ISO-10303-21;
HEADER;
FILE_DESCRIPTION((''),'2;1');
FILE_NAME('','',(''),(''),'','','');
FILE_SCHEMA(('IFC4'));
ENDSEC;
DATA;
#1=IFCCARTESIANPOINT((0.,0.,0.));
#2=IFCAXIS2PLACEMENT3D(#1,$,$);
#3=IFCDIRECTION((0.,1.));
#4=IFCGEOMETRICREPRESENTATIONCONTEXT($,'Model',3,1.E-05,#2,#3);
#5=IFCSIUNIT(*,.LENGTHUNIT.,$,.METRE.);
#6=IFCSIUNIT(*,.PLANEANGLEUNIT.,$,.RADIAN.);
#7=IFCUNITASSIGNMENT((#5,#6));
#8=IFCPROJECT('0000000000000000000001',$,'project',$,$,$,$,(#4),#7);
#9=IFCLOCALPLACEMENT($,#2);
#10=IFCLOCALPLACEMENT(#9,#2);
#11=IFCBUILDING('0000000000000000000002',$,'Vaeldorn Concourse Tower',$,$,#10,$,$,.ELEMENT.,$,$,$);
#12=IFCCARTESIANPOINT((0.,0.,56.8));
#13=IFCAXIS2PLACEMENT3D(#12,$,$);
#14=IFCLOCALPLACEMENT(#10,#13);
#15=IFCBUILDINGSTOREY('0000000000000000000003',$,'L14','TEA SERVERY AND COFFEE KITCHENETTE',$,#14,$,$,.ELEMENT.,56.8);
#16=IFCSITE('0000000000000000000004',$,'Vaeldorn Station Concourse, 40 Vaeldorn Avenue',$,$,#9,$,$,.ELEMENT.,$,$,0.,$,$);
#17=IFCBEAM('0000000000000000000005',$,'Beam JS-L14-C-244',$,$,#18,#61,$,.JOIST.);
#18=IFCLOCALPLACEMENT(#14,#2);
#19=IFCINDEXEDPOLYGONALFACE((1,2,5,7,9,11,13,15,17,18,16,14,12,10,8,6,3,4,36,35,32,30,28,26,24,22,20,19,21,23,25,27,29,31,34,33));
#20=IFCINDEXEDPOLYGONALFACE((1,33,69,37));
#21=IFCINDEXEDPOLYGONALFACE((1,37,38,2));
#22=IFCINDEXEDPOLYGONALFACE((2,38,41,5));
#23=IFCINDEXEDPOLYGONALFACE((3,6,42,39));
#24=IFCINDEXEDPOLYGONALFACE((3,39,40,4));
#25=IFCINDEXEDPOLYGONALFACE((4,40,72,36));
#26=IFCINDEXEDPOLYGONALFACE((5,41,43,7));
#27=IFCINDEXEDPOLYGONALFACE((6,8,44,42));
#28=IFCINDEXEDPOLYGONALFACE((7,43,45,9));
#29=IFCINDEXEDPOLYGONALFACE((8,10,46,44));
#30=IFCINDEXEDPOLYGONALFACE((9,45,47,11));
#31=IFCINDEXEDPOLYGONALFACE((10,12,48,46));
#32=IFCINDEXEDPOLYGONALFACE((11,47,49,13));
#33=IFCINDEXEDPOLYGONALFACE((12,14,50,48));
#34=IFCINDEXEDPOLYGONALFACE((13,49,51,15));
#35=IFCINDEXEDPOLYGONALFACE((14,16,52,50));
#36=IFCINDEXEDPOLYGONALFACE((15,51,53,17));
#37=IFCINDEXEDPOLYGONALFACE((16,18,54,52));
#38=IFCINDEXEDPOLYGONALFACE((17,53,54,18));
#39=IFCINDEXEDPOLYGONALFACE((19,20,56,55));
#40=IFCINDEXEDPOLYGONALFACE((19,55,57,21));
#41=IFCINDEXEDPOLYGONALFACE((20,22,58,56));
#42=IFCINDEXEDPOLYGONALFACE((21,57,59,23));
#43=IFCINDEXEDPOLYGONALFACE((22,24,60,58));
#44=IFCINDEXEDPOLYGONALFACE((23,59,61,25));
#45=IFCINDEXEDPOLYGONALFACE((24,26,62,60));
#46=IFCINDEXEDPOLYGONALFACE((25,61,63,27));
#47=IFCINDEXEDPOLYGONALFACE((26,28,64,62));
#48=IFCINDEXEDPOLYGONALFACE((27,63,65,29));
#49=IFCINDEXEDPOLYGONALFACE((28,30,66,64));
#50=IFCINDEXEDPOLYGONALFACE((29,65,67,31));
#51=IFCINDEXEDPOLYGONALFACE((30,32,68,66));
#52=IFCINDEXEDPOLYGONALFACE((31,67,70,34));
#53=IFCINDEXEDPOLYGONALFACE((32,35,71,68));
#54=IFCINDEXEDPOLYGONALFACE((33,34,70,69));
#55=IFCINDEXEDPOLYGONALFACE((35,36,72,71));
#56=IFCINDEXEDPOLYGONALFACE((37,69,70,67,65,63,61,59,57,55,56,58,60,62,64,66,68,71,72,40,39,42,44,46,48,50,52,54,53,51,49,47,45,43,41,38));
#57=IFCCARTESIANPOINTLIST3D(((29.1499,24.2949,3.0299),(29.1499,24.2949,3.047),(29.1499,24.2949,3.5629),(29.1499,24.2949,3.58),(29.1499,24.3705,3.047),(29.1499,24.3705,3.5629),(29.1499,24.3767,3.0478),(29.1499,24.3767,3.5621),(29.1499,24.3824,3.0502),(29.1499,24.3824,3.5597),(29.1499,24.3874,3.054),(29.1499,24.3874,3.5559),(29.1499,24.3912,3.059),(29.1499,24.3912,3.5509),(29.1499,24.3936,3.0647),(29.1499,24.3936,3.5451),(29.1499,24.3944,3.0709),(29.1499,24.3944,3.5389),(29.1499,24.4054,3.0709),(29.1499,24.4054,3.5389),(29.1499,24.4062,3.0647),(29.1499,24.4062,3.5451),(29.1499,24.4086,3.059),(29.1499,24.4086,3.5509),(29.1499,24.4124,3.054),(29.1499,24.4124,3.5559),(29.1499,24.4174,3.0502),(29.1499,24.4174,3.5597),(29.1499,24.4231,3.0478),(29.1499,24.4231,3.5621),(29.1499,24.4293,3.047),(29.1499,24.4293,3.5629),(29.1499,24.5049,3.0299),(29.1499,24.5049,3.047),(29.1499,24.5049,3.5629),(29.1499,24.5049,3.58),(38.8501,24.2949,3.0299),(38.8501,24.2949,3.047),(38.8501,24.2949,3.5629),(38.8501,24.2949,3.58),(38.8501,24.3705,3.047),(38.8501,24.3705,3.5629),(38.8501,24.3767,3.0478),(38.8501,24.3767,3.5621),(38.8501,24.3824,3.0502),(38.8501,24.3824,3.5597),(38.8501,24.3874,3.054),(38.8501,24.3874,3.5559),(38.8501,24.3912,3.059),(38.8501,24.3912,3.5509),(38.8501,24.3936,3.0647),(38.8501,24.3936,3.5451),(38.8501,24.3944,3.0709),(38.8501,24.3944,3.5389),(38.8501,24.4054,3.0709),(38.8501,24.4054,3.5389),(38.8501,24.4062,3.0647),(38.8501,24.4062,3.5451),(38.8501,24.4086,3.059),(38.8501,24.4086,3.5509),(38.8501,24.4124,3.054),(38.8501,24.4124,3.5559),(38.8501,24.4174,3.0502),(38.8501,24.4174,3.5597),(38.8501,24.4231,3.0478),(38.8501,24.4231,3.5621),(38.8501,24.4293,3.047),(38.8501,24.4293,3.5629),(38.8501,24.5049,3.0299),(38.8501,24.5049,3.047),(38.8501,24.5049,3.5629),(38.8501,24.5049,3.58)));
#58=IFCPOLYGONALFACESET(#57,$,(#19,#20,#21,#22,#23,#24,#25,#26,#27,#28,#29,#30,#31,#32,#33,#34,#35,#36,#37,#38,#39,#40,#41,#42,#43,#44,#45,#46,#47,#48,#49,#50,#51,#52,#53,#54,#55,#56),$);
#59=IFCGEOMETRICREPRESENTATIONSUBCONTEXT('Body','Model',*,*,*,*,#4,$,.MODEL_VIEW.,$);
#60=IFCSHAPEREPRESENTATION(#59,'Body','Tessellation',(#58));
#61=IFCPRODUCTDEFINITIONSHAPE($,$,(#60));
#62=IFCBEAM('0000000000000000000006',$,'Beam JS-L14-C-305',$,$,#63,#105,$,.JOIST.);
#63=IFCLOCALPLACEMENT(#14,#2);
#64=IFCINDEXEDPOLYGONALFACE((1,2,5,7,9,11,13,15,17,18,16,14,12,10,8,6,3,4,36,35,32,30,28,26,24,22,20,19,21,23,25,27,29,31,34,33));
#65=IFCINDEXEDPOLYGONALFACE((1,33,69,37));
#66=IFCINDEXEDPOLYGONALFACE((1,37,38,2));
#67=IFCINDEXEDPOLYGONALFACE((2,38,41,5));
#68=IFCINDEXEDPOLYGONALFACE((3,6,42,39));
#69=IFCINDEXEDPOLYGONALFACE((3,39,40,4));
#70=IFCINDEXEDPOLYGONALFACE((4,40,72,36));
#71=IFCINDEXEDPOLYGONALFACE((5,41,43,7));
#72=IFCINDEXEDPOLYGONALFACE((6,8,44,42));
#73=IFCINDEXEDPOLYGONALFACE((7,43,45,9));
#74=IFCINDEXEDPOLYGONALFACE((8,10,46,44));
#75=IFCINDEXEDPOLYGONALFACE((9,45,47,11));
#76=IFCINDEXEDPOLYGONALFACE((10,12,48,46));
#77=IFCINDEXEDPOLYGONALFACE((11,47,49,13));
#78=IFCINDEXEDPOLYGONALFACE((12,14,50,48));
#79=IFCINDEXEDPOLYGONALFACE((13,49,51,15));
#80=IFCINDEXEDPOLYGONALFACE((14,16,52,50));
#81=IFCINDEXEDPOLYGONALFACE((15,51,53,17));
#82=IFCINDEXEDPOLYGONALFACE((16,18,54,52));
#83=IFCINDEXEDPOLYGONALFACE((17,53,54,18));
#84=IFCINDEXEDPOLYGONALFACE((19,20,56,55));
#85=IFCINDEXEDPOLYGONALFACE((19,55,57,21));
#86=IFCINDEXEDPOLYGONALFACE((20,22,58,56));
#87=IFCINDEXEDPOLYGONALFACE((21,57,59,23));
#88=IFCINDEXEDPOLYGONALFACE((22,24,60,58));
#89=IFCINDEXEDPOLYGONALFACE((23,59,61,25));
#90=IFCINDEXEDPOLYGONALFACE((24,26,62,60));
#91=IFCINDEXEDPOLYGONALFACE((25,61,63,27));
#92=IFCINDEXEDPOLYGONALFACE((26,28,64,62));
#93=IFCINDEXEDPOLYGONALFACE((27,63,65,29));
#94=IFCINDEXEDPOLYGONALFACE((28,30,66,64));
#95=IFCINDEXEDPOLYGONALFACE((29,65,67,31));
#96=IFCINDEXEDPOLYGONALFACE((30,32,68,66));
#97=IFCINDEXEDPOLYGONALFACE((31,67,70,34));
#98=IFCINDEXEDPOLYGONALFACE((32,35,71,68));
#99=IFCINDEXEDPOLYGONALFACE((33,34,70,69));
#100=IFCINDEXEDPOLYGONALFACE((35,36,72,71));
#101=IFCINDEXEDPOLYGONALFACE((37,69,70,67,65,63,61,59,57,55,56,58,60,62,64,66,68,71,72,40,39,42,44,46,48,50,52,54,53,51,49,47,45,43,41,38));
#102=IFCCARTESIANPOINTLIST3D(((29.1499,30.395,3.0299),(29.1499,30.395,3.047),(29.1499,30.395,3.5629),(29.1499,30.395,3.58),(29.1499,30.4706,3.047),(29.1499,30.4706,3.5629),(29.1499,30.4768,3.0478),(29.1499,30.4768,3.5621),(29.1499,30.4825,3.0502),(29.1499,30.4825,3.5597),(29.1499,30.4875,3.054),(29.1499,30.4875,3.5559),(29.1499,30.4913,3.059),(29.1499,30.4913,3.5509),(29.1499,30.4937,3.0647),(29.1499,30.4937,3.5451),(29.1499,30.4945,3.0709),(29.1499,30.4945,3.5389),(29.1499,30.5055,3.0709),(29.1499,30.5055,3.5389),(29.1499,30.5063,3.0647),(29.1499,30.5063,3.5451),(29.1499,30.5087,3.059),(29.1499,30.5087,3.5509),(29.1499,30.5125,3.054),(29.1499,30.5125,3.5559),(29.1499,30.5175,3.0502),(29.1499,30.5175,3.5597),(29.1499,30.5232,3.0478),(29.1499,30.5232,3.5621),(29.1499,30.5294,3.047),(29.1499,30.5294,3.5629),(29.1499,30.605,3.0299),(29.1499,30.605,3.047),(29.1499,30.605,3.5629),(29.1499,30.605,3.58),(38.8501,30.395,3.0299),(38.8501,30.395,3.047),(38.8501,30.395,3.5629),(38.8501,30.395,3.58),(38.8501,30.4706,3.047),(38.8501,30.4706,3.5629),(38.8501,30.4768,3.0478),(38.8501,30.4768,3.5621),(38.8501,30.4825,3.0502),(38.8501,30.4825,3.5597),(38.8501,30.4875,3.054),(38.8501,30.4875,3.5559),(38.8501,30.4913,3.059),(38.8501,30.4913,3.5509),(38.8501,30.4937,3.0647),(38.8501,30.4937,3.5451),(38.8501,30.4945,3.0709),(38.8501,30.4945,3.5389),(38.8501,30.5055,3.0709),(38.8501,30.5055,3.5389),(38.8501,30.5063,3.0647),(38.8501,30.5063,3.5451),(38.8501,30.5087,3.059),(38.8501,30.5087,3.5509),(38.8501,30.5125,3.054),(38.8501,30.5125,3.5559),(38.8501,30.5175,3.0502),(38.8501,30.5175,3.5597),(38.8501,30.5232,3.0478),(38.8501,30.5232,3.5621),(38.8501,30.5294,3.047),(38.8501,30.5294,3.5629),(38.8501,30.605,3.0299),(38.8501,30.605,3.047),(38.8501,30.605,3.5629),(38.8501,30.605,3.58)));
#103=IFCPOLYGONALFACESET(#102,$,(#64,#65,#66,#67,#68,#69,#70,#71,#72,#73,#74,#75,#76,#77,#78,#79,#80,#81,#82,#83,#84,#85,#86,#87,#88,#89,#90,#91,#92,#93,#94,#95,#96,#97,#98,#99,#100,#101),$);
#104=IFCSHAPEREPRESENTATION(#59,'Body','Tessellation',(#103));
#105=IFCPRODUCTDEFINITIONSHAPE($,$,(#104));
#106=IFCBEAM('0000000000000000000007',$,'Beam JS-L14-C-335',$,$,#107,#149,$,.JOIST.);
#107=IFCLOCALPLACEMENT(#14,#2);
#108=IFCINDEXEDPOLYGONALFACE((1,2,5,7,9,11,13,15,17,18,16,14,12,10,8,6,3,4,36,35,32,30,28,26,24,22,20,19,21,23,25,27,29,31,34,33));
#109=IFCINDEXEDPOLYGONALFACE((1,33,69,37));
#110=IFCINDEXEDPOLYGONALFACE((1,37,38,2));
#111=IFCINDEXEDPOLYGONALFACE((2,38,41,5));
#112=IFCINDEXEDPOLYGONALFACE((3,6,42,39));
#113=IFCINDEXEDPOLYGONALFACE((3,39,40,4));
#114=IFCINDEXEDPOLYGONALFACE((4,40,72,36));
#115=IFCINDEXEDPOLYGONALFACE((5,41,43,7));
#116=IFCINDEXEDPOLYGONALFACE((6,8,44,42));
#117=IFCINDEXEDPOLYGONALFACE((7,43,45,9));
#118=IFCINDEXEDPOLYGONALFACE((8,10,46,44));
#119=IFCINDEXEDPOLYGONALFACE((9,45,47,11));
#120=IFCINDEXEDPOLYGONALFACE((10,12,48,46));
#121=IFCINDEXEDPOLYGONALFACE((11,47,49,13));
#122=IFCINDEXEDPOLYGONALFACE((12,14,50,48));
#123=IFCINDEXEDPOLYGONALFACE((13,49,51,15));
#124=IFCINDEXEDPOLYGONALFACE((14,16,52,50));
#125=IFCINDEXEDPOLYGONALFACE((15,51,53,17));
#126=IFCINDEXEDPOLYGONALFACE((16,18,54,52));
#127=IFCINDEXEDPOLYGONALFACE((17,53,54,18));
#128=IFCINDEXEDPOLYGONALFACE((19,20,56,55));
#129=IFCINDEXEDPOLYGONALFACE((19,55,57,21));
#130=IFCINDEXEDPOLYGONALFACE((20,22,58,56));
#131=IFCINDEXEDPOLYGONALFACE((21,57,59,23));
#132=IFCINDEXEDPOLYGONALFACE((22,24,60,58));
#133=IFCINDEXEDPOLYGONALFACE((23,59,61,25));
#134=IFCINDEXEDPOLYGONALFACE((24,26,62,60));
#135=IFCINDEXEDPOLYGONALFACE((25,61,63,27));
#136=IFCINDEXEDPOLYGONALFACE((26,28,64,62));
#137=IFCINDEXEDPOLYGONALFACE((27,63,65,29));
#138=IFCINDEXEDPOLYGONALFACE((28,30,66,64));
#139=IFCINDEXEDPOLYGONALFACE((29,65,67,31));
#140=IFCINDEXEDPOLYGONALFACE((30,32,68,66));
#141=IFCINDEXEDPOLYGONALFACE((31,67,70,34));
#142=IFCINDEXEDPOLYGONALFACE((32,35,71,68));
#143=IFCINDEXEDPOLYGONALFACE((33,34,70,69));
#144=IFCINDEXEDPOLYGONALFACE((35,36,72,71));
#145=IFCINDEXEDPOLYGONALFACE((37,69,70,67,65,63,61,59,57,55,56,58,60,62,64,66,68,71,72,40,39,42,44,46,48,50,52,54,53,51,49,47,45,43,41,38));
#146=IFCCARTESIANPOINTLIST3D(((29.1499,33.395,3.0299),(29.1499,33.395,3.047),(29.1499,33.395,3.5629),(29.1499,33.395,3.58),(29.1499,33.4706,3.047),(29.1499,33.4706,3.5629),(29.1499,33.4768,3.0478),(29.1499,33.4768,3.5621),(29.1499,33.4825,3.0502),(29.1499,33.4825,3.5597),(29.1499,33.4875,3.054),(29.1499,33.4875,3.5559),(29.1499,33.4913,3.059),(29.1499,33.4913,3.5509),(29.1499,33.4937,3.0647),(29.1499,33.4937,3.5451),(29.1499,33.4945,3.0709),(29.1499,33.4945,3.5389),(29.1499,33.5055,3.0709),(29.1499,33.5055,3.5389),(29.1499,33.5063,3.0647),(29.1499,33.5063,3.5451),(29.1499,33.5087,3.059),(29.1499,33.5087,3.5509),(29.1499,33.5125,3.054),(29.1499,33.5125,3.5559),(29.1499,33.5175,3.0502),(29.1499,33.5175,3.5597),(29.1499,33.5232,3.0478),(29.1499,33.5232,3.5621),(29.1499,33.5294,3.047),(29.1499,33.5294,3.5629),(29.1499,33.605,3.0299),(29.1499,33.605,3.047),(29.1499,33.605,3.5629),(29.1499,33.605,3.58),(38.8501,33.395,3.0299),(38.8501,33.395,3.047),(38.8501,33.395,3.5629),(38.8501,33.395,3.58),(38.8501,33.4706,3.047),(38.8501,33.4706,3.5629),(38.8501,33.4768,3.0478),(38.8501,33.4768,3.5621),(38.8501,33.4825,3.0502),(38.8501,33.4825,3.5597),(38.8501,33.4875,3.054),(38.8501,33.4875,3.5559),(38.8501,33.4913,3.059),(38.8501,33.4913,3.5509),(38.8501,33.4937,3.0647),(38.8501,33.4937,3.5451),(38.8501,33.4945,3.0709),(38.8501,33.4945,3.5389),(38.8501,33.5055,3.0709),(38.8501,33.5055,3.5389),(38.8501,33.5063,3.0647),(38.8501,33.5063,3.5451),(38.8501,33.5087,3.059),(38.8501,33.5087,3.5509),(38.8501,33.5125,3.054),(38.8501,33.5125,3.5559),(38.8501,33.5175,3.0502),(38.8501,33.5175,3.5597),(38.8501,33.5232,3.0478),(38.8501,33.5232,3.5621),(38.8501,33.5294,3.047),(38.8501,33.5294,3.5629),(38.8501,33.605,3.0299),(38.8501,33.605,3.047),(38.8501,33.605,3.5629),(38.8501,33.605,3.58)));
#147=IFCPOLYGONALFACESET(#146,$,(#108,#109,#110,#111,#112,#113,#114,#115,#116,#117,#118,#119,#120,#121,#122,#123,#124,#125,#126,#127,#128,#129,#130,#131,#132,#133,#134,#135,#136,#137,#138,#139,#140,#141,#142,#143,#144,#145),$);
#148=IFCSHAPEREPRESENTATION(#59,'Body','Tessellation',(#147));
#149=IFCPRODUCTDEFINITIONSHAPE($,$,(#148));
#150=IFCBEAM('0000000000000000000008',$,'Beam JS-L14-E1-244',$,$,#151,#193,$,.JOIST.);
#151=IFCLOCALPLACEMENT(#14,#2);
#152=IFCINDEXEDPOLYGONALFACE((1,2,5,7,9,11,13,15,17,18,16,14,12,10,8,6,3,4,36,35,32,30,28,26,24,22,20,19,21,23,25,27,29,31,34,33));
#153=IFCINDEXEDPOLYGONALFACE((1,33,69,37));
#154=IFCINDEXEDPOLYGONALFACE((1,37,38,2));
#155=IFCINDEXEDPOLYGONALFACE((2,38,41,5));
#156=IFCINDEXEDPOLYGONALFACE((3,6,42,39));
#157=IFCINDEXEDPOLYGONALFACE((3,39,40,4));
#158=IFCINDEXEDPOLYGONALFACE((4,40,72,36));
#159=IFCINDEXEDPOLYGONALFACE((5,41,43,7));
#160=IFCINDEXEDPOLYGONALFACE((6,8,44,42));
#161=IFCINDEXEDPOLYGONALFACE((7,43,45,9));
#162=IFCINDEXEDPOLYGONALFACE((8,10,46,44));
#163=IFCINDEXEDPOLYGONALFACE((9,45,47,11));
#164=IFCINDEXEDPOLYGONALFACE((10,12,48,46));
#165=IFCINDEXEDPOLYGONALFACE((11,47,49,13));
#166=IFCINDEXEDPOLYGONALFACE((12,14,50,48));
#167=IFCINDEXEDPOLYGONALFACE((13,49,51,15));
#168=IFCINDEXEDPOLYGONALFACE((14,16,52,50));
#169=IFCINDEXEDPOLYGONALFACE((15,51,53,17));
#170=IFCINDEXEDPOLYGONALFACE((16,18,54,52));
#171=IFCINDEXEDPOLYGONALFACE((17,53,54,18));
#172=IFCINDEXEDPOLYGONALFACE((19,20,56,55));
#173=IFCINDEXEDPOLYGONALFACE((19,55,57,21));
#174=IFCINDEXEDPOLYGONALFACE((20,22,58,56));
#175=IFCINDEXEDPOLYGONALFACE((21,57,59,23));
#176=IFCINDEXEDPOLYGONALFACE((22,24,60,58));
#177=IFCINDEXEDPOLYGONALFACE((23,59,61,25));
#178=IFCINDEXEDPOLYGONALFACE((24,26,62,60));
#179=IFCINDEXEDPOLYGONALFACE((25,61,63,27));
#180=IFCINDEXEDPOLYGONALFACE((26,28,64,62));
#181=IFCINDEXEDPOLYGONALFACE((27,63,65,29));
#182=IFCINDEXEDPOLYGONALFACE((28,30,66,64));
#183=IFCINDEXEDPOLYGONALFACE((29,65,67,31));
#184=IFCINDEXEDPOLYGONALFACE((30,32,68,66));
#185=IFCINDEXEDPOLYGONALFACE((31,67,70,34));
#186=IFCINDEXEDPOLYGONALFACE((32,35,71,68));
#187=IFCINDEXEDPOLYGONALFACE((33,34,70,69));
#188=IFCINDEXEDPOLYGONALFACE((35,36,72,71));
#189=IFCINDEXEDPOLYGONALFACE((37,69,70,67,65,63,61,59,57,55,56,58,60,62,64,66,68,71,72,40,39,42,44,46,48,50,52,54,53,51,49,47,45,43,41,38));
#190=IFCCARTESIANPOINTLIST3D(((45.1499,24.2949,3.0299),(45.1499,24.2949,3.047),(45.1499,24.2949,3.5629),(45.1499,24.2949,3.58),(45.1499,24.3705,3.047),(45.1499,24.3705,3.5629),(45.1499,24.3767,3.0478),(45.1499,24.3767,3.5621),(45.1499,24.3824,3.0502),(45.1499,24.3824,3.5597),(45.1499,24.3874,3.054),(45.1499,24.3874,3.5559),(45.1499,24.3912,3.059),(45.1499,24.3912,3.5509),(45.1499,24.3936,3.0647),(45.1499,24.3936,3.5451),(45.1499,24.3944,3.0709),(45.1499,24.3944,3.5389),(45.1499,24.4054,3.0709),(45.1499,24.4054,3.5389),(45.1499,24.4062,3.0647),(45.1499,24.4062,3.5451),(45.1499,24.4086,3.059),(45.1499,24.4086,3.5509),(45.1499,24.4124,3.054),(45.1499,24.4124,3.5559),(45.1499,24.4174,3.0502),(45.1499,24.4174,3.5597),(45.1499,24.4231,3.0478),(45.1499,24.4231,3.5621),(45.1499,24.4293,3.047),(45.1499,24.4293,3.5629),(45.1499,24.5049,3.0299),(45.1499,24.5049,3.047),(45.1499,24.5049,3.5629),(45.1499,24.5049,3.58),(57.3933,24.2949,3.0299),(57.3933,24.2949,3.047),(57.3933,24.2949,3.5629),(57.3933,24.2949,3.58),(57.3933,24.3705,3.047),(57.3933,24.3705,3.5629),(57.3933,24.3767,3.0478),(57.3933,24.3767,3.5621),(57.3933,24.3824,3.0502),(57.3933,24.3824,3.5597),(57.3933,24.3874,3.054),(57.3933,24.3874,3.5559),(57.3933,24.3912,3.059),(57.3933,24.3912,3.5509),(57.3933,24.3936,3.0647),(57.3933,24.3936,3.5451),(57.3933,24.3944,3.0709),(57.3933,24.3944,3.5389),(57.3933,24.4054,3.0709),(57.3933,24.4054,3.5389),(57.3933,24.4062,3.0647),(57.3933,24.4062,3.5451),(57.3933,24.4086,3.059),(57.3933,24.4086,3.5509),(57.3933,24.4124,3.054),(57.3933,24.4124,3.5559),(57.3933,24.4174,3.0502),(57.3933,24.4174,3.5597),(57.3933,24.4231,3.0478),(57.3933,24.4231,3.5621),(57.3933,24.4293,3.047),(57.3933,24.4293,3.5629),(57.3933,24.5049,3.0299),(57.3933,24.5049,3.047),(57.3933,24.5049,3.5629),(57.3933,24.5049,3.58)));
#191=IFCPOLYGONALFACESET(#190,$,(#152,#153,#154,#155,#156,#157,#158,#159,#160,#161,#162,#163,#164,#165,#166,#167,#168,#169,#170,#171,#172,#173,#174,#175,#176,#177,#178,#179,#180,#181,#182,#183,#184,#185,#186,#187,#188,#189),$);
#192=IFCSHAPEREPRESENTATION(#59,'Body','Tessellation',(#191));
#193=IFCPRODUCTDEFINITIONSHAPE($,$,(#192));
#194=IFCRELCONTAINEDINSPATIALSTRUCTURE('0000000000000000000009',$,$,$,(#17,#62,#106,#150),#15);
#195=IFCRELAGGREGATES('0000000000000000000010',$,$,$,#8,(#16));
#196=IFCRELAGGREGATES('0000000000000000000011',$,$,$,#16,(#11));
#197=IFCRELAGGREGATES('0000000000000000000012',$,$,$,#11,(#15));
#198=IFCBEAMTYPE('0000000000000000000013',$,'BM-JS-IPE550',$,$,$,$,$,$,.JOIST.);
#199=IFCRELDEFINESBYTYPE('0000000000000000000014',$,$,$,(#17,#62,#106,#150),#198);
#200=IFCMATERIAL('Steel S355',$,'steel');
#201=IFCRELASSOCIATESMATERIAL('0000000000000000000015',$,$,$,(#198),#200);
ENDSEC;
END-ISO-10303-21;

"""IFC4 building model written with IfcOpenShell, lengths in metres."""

from ifc_helpers import new_model, si_unit, direction, frame, origin, origin_2d, place, context, subcontext, project, spatial, i_section, extrude, source, transform, mapped, material, material_profile, profile_set, type_object, element, save


model = new_model("IFC4")

# Units and contexts
model_context = context("Model", 3, precision=1e-05, world=origin(), true_north=direction((0.0, 1.0)))
body_context = subcontext(model_context, "Body", "Model", "MODEL_VIEW")
ifc_project = project(units=[si_unit("LENGTHUNIT", "METRE"), si_unit("PLANEANGLEUNIT", "RADIAN")], contexts=[model_context])

# Site, building, storey
site_placement = place(None, origin())
site = spatial("IfcSite", under=ifc_project, at=site_placement, Name="Vaeldorn Station Concourse, 40 Vaeldorn Avenue", CompositionType="ELEMENT", RefElevation=0.0)
building_placement = place(site_placement, origin())
building = spatial("IfcBuilding", under=site, at=building_placement, Name="Vaeldorn Concourse Tower", CompositionType="ELEMENT")
storey_placement = place(building_placement, frame((0.0, 0.0, 56.8)))
storey = spatial("IfcBuildingStorey", under=building, at=storey_placement, Name="L14", Description="TEA SERVERY AND COFFEE KITCHENETTE", CompositionType="ELEMENT", Elevation=56.8)

# Beams
ifc_material_1 = material(Name="Steel S355", Category="steel")
ifc_material_profile_1 = material_profile(ifc_material_1, i_section(OverallWidth=0.21, OverallDepth=0.55, WebThickness=0.011, FlangeThickness=0.0171, FilletRadius=0.0239, at=origin_2d()), Name="IPE 550")
ifc_profile_set_1 = profile_set([ifc_material_profile_1], Name="Steel S355")
beam_type_1 = type_object("IfcBeamType", Name="BM-JS-IPE550", PredefinedType="JOIST", material=ifc_profile_set_1)
shared_shape_1 = source(origin(), body_context, "Body", "SweptSolid", [
    extrude(i_section(OverallWidth=0.21, OverallDepth=0.55, WebThickness=0.011, FlangeThickness=0.0171, FilletRadius=0.0239, at=origin_2d()), origin(), (0.0, 0.0, 1.0), 9.7002),
])
for number, where, z_axis, x_axis, name in (
    (1, (29.1499, 24.3999, 3.3049), (1.0, 0.0, 0.0), (0.0, 1.0, 0.0), "Beam JS-L14-C-244"),
    (2, (29.1499, 30.5, 3.3049), (1.0, 0.0, 0.0), (0.0, 1.0, 0.0), "Beam JS-L14-C-305"),
    (3, (29.1499, 33.5, 3.3049), (1.0, 0.0, 0.0), (0.0, 1.0, 0.0), "Beam JS-L14-C-335"),
):
    element("IfcBeam", number, at=place(storey_placement, frame(where, z_axis=z_axis, x_axis=x_axis)), inside=storey, type_object=beam_type_1, Name=name, PredefinedType="JOIST", context=body_context, shape_type="MappedRepresentation", body=[
        mapped(shared_shape_1, transform((0.0, 0.0, 0.0), scale=1.0)),
    ])
shared_shape_2 = source(origin(), body_context, "Body", "SweptSolid", [
    extrude(i_section(OverallWidth=0.21, OverallDepth=0.55, WebThickness=0.011, FlangeThickness=0.0171, FilletRadius=0.0239, at=origin_2d()), origin(), (0.0, 0.0, 1.0), 12.2434),
])
beam_1_placement = place(storey_placement, frame((45.1499, 24.3999, 3.3049), z_axis=(1.0, 0.0, 0.0), x_axis=(0.0, 1.0, 0.0)))
element("IfcBeam", 4, at=beam_1_placement, inside=storey, type_object=beam_type_1, Name="Beam JS-L14-E1-244", PredefinedType="JOIST", context=body_context, shape_type="MappedRepresentation", body=[
    mapped(shared_shape_2, transform((0.0, 0.0, 0.0), scale=1.0)),
])

save(model, "model.ifc")
